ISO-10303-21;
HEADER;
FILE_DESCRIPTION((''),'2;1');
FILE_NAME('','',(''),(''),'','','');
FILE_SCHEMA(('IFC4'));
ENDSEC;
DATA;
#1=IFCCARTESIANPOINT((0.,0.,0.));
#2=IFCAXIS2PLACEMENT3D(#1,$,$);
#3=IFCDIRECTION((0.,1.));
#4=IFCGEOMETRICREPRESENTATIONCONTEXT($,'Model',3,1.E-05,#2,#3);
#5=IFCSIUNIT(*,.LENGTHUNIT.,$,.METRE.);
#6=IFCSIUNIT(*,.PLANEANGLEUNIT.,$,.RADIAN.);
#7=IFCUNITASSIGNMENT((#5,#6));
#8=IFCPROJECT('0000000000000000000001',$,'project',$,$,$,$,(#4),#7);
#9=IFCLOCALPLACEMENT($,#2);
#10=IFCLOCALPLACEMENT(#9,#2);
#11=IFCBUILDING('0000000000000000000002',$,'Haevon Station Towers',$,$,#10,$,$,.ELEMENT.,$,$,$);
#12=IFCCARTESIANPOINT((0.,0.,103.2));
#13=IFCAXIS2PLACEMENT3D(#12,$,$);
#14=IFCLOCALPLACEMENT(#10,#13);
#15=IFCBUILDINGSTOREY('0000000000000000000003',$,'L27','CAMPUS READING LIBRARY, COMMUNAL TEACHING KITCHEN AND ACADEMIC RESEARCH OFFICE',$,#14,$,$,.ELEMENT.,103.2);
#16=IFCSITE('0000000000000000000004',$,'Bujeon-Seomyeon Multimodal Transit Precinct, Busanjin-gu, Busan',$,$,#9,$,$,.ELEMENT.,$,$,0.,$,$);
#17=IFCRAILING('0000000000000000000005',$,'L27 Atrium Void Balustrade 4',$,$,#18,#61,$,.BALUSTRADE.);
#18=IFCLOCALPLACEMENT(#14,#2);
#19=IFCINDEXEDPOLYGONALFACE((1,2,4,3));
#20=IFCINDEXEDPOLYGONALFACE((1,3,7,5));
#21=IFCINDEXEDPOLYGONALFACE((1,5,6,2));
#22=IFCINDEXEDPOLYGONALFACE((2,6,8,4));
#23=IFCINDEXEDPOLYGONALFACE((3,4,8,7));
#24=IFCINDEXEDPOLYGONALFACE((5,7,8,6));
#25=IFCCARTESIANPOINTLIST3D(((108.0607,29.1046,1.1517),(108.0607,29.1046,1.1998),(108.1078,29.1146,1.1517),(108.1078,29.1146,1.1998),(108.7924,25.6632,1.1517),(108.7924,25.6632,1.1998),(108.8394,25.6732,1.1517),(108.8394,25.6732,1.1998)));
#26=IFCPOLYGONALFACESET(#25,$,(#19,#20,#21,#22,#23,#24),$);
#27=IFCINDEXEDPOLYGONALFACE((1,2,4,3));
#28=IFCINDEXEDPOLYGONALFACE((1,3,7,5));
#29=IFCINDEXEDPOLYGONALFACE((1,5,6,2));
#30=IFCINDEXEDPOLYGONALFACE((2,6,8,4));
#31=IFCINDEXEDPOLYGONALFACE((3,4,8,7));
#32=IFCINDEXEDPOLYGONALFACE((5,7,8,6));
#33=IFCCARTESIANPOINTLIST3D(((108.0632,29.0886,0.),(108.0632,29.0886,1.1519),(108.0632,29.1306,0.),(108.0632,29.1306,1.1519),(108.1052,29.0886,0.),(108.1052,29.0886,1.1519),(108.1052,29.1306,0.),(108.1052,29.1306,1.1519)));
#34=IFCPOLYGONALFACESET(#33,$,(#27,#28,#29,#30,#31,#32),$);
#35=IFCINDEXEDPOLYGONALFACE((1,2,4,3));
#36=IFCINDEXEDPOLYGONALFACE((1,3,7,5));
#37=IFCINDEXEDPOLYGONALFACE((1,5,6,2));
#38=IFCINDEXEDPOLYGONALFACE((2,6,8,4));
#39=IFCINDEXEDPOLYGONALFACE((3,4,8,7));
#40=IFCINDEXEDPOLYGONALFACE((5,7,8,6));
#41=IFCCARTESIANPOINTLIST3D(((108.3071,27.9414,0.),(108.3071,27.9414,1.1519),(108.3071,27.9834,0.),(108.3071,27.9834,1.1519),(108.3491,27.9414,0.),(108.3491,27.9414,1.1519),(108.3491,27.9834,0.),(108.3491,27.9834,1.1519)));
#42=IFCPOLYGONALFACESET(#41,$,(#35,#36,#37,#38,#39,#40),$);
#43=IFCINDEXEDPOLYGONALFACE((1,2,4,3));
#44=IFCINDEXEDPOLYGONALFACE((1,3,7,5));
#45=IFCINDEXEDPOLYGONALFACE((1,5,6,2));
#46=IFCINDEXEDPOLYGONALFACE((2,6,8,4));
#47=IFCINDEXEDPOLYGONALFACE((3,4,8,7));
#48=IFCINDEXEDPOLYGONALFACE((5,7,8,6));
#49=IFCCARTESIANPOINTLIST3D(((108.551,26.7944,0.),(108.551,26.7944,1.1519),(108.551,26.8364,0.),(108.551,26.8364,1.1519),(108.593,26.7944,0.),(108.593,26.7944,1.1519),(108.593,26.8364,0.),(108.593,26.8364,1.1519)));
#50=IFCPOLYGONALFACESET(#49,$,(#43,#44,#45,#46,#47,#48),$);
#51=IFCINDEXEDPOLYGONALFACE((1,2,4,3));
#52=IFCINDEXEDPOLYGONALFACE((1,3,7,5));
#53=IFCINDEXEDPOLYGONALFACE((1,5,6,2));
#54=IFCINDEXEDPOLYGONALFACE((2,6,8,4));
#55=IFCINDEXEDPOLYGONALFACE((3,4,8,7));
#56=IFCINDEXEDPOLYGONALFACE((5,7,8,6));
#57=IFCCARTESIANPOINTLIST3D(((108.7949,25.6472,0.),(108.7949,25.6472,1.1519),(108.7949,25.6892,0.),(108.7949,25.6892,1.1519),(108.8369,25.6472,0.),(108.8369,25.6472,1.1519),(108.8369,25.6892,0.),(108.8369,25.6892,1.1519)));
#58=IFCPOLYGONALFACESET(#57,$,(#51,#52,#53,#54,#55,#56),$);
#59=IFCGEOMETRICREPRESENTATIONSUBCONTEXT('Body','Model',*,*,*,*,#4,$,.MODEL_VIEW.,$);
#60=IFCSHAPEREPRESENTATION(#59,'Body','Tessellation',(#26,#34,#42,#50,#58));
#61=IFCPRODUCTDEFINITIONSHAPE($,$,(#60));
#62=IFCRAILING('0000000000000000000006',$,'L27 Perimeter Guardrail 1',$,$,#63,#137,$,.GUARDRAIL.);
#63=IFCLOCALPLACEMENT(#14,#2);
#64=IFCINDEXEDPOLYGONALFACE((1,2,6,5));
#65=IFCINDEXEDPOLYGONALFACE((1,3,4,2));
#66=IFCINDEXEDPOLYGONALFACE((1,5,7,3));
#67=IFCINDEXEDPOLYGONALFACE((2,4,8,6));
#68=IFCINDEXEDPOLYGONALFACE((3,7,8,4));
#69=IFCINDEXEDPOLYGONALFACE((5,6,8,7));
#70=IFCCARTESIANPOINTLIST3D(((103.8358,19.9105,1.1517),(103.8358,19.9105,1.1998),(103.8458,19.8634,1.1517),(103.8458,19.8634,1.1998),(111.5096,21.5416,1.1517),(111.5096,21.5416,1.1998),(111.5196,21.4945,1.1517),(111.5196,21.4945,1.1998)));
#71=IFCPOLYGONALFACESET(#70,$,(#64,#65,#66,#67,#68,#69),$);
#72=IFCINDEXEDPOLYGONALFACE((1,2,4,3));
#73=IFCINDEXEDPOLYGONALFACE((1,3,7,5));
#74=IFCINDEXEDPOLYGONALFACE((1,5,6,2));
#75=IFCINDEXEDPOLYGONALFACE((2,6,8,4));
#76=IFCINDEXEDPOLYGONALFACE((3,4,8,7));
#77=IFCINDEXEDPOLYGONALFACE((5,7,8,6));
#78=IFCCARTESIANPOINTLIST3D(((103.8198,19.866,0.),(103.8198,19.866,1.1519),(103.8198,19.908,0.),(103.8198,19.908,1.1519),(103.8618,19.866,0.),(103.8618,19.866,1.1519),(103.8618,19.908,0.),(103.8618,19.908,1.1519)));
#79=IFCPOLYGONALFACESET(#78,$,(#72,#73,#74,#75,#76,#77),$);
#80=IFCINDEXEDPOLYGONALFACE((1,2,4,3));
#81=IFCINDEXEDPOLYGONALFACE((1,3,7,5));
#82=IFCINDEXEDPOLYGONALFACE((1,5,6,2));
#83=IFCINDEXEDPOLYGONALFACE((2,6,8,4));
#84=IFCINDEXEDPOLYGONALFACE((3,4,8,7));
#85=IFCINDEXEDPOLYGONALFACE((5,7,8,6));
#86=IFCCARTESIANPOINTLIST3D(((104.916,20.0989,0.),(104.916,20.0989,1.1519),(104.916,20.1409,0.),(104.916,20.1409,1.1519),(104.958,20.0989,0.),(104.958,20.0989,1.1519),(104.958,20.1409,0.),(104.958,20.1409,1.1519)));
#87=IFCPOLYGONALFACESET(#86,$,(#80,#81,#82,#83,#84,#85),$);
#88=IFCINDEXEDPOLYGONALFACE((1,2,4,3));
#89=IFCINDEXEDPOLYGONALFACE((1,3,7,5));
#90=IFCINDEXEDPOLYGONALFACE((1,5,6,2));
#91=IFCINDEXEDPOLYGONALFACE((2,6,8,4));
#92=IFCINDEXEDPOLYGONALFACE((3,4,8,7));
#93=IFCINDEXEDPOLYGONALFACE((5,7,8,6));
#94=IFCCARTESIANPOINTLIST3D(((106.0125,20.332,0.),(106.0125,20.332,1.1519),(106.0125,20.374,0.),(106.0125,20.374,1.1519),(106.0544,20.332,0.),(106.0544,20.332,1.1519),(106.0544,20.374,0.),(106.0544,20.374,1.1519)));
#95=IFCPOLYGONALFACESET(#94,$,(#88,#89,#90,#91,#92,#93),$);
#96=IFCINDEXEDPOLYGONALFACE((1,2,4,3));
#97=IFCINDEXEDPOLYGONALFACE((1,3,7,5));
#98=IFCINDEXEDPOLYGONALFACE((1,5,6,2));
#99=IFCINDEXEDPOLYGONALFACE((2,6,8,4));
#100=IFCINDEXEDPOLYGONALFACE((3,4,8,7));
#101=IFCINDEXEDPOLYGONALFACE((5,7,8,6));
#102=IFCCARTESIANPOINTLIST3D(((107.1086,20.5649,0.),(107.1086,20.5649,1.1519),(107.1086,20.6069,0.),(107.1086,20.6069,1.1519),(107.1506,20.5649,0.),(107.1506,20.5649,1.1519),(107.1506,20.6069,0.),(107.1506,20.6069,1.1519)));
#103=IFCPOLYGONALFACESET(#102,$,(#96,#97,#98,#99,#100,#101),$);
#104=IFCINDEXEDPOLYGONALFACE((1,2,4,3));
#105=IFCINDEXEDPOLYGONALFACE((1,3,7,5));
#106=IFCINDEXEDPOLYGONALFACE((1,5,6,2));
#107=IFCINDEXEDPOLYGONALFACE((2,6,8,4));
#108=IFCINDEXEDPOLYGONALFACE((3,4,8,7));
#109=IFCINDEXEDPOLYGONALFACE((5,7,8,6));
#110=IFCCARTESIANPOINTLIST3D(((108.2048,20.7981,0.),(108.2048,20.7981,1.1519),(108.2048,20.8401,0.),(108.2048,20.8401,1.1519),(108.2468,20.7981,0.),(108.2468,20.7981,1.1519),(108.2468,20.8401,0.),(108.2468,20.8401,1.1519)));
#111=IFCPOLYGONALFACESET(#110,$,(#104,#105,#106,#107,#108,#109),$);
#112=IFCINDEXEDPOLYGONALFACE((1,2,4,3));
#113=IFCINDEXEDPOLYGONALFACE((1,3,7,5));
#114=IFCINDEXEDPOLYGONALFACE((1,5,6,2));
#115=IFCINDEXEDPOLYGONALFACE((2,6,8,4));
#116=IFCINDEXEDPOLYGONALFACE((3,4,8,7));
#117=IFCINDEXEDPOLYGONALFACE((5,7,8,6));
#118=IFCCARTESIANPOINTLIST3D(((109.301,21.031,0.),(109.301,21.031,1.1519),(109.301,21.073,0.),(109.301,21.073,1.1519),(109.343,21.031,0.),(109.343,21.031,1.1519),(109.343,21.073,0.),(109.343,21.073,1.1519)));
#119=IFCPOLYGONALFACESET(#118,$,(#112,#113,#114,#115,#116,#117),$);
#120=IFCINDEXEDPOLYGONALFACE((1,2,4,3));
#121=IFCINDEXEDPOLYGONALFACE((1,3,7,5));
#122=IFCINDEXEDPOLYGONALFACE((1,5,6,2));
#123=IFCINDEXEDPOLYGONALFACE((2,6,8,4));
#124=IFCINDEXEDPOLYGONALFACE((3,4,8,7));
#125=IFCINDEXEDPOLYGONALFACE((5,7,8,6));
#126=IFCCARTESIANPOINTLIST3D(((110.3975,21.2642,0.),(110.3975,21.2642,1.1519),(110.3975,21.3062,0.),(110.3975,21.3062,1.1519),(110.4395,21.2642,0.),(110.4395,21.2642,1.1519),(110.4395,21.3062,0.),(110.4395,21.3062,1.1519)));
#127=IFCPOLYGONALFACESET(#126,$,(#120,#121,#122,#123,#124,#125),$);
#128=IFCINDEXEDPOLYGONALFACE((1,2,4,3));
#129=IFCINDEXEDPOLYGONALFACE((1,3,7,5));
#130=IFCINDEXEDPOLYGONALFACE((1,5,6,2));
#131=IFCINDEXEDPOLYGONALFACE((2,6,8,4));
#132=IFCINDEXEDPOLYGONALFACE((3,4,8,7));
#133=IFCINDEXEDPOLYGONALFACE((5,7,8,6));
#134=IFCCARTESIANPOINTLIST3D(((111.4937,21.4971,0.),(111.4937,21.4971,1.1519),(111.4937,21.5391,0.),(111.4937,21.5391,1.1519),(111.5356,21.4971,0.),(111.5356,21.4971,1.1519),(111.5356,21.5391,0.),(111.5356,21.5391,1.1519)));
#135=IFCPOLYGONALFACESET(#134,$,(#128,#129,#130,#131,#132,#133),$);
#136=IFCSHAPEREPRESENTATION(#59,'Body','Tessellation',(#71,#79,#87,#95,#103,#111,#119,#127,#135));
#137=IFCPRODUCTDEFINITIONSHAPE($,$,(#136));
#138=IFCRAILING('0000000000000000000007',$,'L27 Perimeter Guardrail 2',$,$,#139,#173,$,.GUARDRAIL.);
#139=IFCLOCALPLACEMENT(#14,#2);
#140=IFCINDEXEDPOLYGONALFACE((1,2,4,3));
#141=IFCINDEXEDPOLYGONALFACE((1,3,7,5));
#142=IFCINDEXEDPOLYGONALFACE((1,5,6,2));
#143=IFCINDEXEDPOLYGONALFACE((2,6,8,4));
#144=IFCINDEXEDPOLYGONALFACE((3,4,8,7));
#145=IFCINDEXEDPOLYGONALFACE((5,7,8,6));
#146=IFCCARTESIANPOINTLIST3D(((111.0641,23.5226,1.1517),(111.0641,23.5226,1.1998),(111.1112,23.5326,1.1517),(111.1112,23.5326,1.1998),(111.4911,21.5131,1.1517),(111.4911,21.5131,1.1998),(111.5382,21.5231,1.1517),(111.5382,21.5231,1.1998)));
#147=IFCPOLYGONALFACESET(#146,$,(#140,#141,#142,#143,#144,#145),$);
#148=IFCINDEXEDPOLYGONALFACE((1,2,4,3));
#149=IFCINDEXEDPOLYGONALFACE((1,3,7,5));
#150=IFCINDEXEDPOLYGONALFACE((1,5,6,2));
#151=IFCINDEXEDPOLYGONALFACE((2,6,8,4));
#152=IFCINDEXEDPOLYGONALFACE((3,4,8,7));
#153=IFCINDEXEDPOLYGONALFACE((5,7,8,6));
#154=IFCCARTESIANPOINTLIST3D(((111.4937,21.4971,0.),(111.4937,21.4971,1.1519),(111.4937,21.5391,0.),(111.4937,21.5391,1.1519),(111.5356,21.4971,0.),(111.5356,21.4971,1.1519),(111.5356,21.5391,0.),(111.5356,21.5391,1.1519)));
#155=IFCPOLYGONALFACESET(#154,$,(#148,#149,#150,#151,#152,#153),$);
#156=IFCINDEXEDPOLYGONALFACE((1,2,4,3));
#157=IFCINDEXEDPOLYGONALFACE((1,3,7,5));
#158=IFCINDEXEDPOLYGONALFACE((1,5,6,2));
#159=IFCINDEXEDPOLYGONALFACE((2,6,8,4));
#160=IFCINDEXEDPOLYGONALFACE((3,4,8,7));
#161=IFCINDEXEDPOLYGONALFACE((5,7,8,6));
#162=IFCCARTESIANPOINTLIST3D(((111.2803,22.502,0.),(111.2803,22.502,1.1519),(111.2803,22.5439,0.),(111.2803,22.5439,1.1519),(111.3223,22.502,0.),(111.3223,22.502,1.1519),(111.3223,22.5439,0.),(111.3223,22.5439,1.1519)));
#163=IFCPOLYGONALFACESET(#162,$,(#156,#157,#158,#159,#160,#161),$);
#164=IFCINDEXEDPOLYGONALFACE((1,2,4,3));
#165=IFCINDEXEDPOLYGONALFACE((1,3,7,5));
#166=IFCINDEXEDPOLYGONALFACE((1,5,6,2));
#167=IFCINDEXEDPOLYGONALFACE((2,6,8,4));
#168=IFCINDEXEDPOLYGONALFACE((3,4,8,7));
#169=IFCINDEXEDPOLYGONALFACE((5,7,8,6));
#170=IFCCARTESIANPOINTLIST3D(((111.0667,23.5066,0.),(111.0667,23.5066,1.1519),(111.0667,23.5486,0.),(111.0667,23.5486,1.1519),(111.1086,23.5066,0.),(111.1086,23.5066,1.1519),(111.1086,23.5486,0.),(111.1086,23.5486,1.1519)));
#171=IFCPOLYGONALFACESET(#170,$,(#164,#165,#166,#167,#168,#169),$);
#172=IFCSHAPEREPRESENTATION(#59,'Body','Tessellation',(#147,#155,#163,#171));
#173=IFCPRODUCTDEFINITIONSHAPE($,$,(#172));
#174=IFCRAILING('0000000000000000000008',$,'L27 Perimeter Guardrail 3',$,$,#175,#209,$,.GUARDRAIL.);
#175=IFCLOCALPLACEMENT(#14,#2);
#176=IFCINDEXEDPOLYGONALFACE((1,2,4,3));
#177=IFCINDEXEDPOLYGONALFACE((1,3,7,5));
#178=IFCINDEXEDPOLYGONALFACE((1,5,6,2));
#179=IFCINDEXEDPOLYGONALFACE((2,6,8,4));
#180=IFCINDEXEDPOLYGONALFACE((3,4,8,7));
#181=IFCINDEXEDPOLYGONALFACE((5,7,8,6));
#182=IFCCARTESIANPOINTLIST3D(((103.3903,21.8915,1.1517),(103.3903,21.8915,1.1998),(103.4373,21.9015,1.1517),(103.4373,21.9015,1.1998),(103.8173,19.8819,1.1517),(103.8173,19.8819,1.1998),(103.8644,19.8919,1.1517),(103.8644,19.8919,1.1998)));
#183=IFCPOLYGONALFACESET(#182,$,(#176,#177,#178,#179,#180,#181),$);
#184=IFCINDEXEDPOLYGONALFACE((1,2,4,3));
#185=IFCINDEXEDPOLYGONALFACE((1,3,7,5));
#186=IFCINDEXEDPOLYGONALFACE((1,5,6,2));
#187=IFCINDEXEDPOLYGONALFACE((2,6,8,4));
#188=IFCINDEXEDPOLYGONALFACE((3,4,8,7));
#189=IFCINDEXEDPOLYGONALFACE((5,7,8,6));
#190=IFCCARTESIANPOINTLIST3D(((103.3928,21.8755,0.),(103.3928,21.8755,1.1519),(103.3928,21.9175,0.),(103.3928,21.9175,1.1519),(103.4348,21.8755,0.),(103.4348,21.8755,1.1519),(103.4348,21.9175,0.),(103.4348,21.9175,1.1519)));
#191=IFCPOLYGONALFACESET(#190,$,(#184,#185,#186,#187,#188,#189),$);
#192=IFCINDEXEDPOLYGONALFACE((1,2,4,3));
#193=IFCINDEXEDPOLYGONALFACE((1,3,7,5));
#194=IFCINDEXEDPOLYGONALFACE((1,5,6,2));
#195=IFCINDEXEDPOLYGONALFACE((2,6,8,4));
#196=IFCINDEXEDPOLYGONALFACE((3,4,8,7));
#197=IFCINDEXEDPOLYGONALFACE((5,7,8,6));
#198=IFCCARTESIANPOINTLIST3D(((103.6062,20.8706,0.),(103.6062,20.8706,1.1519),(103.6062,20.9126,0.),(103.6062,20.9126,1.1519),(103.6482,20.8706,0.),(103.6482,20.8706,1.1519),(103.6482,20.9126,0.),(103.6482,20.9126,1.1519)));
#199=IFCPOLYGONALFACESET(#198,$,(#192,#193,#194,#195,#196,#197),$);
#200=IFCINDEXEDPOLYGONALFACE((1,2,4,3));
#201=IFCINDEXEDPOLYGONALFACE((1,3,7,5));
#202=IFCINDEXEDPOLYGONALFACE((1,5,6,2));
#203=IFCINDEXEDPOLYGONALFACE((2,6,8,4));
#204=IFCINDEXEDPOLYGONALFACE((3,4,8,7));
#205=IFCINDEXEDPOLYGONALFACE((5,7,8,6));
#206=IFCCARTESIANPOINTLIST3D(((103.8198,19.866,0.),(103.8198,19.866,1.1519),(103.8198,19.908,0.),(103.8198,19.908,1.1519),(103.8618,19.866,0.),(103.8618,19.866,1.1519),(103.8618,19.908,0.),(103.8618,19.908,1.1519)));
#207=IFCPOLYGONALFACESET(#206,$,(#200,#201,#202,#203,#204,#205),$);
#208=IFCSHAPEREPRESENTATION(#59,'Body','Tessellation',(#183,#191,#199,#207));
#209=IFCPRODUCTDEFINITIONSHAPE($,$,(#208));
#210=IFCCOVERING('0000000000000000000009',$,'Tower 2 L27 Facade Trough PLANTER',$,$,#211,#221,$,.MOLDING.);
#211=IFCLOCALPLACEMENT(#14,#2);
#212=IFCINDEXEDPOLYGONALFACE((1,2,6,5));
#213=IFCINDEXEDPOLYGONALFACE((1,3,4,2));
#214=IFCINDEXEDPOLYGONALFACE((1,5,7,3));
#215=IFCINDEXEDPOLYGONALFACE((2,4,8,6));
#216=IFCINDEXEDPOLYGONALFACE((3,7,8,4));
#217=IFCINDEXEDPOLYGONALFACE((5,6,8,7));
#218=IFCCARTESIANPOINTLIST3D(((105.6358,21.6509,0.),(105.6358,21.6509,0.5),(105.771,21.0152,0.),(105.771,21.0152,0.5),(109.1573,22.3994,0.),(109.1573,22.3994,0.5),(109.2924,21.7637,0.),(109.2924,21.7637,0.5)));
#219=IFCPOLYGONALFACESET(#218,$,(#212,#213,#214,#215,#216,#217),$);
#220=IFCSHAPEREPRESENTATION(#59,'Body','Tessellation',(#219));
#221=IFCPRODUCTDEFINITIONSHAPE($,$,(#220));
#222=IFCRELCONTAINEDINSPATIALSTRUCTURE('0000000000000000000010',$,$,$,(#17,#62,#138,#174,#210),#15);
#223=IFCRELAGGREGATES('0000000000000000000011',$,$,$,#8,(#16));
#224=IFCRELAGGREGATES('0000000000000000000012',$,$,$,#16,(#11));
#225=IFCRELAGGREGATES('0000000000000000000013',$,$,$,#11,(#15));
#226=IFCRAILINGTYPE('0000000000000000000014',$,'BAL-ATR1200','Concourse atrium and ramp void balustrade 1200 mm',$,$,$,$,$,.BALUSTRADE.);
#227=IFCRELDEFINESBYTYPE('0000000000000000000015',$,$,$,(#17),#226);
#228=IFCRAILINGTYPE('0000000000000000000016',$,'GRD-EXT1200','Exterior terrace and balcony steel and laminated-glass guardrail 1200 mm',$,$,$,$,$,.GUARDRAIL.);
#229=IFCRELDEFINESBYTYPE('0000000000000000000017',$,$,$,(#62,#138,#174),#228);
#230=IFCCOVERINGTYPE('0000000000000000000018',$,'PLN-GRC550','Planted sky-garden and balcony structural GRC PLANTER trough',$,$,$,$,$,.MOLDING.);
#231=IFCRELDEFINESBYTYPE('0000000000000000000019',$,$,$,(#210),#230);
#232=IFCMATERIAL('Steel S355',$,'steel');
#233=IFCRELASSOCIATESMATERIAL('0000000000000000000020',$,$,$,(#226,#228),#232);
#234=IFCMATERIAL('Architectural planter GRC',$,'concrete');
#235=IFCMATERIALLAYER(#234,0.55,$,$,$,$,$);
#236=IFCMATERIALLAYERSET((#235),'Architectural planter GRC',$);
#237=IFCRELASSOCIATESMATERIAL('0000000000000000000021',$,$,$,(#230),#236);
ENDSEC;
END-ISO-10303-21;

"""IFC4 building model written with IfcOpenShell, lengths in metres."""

from ifc_helpers import new_model, si_unit, direction, frame, origin, origin_2d, place, context, subcontext, project, spatial, rectangle, extrude, material, layer, layer_set, type_object, element, save


model = new_model("IFC4")

# Units and contexts
model_context = context("Model", 3, precision=1e-05, world=origin(), true_north=direction((0.0, 1.0)))
body_context = subcontext(model_context, "Body", "Model", "MODEL_VIEW")
ifc_project = project(units=[si_unit("LENGTHUNIT", "METRE"), si_unit("PLANEANGLEUNIT", "RADIAN")], contexts=[model_context])

# Site, building, storey
site_placement = place(None, origin())
site = spatial("IfcSite", under=ifc_project, at=site_placement, Name="Bujeon-Seomyeon Multimodal Transit Precinct, Busanjin-gu, Busan", CompositionType="ELEMENT", RefElevation=0.0)
building_placement = place(site_placement, origin())
building = spatial("IfcBuilding", under=site, at=building_placement, Name="Haevon Station Towers", CompositionType="ELEMENT")
storey_placement = place(building_placement, frame((0.0, 0.0, 103.2)))
storey = spatial("IfcBuildingStorey", under=building, at=storey_placement, Name="L27", Description="CAMPUS READING LIBRARY, COMMUNAL TEACHING KITCHEN AND ACADEMIC RESEARCH OFFICE", CompositionType="ELEMENT", Elevation=103.2)

# Shared definitions
ifc_material_1 = material(Name="Steel S355", Category="steel")

# Railings
railing_type_1 = type_object("IfcRailingType", Name="BAL-ATR1200", Description="Concourse atrium and ramp void balustrade 1200 mm", PredefinedType="BALUSTRADE", material=ifc_material_1)
railing_1_placement = place(storey_placement, frame((108.0842, 29.1096, 0.0)))
element("IfcRailing", 1, at=railing_1_placement, inside=storey, type_object=railing_type_1, Name="L27 Atrium Void Balustrade 4", PredefinedType="BALUSTRADE", context=body_context, shape_type="SweptSolid", body=[
    extrude(rectangle(XDim=0.0481, YDim=0.0481, at=origin_2d()), frame((0.0, 0.0, 1.1758), z_axis=(0.207965, -0.978136, 0.0), x_axis=(0.978136, 0.207965, 0.0)), (0.0, 0.0, 1.0), 3.5183),
    extrude(rectangle(XDim=0.042, YDim=0.042, at=origin_2d()), origin(), (0.0, 0.0, 1.0), 1.1519),
    extrude(rectangle(XDim=0.042, YDim=0.042, at=origin_2d()), frame((0.2439, -1.1472, 0.0)), (0.0, 0.0, 1.0), 1.1519),
    extrude(rectangle(XDim=0.042, YDim=0.042, at=origin_2d()), frame((0.4878, -2.2942, 0.0)), (0.0, 0.0, 1.0), 1.1519),
    extrude(rectangle(XDim=0.042, YDim=0.042, at=origin_2d()), frame((0.7317, -3.4414, 0.0)), (0.0, 0.0, 1.0), 1.1519),
])
railing_type_2 = type_object("IfcRailingType", Name="GRD-EXT1200", Description="Exterior terrace and balcony steel and laminated-glass guardrail 1200 mm", PredefinedType="GUARDRAIL", material=ifc_material_1)
railing_2_placement = place(storey_placement, frame((103.8408, 19.887, 0.0)))
element("IfcRailing", 2, at=railing_2_placement, inside=storey, type_object=railing_type_2, Name="L27 Perimeter Guardrail 1", PredefinedType="GUARDRAIL", context=body_context, shape_type="SweptSolid", body=[
    extrude(rectangle(XDim=0.0481, YDim=0.0481, at=origin_2d()), frame((0.0, 0.0, 1.1758), z_axis=(0.978148, 0.207909, 0.0), x_axis=(-0.207909, 0.978148, 0.0)), (0.0, 0.0, 1.0), 7.8452),
    extrude(rectangle(XDim=0.042, YDim=0.042, at=origin_2d()), origin(), (0.0, 0.0, 1.0), 1.1519),
    extrude(rectangle(XDim=0.042, YDim=0.042, at=origin_2d()), frame((1.0962, 0.2329, 0.0)), (0.0, 0.0, 1.0), 1.1519),
    extrude(rectangle(XDim=0.042, YDim=0.042, at=origin_2d()), frame((2.1926, 0.4661, 0.0)), (0.0, 0.0, 1.0), 1.1519),
    extrude(rectangle(XDim=0.042, YDim=0.042, at=origin_2d()), frame((3.2888, 0.699, 0.0)), (0.0, 0.0, 1.0), 1.1519),
    extrude(rectangle(XDim=0.042, YDim=0.042, at=origin_2d()), frame((4.385, 0.9321, 0.0)), (0.0, 0.0, 1.0), 1.1519),
    extrude(rectangle(XDim=0.042, YDim=0.042, at=origin_2d()), frame((5.4812, 1.165, 0.0)), (0.0, 0.0, 1.0), 1.1519),
    extrude(rectangle(XDim=0.042, YDim=0.042, at=origin_2d()), frame((6.5776, 1.3982, 0.0)), (0.0, 0.0, 1.0), 1.1519),
    extrude(rectangle(XDim=0.042, YDim=0.042, at=origin_2d()), frame((7.6738, 1.6311, 0.0)), (0.0, 0.0, 1.0), 1.1519),
])
railing_3_placement = place(storey_placement, frame((111.5146, 21.5181, 0.0)))
element("IfcRailing", 3, at=railing_3_placement, inside=storey, type_object=railing_type_2, Name="L27 Perimeter Guardrail 2", PredefinedType="GUARDRAIL", context=body_context, shape_type="SweptSolid", body=[
    extrude(rectangle(XDim=0.0481, YDim=0.0481, at=origin_2d()), frame((0.0, 0.0, 1.1758), z_axis=(-0.207849, 0.978161, 0.0), x_axis=(-0.978161, -0.207849, 0.0)), (0.0, 0.0, 1.0), 2.0544),
    extrude(rectangle(XDim=0.042, YDim=0.042, at=origin_2d()), origin(), (0.0, 0.0, 1.0), 1.1519),
    extrude(rectangle(XDim=0.042, YDim=0.042, at=origin_2d()), frame((-0.2134, 1.0049, 0.0)), (0.0, 0.0, 1.0), 1.1519),
    extrude(rectangle(XDim=0.042, YDim=0.042, at=origin_2d()), frame((-0.427, 2.0095, 0.0)), (0.0, 0.0, 1.0), 1.1519),
])
railing_4_placement = place(storey_placement, frame((103.4138, 21.8965, 0.0)))
element("IfcRailing", 4, at=railing_4_placement, inside=storey, type_object=railing_type_2, Name="L27 Perimeter Guardrail 3", PredefinedType="GUARDRAIL", context=body_context, shape_type="SweptSolid", body=[
    extrude(rectangle(XDim=0.0481, YDim=0.0481, at=origin_2d()), frame((0.0, 0.0, 1.1758), z_axis=(0.207849, -0.978161, 0.0), x_axis=(0.978161, 0.207849, 0.0)), (0.0, 0.0, 1.0), 2.0544),
    extrude(rectangle(XDim=0.042, YDim=0.042, at=origin_2d()), origin(), (0.0, 0.0, 1.0), 1.1519),
    extrude(rectangle(XDim=0.042, YDim=0.042, at=origin_2d()), frame((0.2134, -1.0049, 0.0)), (0.0, 0.0, 1.0), 1.1519),
    extrude(rectangle(XDim=0.042, YDim=0.042, at=origin_2d()), frame((0.427, -2.0095, 0.0)), (0.0, 0.0, 1.0), 1.1519),
])

# Covering
ifc_material_2 = material(Name="Architectural planter GRC", Category="concrete")
ifc_layer_1 = layer(ifc_material_2, 0.55)
ifc_layer_set_1 = layer_set([ifc_layer_1], Name="Architectural planter GRC")
covering_type = type_object("IfcCoveringType", Name="PLN-GRC550", Description="Planted sky-garden and balcony structural GRC PLANTER trough", PredefinedType="MOLDING", material=ifc_layer_set_1)
covering_placement = place(storey_placement, frame((107.4641, 21.7073, 0.0), z_axis=(0.0, 0.0, 1.0), x_axis=(0.978148, 0.207912, 0.0)))
element("IfcCovering", 5, at=covering_placement, inside=storey, type_object=covering_type, Name="Tower 2 L27 Facade Trough PLANTER", PredefinedType="MOLDING", context=body_context, shape_type="SweptSolid", body=[
    extrude(rectangle(XDim=3.6001, YDim=0.6499, at=origin_2d()), origin(), (0.0, 0.0, 1.0), 0.5),
])

save(model, "model.ifc")
